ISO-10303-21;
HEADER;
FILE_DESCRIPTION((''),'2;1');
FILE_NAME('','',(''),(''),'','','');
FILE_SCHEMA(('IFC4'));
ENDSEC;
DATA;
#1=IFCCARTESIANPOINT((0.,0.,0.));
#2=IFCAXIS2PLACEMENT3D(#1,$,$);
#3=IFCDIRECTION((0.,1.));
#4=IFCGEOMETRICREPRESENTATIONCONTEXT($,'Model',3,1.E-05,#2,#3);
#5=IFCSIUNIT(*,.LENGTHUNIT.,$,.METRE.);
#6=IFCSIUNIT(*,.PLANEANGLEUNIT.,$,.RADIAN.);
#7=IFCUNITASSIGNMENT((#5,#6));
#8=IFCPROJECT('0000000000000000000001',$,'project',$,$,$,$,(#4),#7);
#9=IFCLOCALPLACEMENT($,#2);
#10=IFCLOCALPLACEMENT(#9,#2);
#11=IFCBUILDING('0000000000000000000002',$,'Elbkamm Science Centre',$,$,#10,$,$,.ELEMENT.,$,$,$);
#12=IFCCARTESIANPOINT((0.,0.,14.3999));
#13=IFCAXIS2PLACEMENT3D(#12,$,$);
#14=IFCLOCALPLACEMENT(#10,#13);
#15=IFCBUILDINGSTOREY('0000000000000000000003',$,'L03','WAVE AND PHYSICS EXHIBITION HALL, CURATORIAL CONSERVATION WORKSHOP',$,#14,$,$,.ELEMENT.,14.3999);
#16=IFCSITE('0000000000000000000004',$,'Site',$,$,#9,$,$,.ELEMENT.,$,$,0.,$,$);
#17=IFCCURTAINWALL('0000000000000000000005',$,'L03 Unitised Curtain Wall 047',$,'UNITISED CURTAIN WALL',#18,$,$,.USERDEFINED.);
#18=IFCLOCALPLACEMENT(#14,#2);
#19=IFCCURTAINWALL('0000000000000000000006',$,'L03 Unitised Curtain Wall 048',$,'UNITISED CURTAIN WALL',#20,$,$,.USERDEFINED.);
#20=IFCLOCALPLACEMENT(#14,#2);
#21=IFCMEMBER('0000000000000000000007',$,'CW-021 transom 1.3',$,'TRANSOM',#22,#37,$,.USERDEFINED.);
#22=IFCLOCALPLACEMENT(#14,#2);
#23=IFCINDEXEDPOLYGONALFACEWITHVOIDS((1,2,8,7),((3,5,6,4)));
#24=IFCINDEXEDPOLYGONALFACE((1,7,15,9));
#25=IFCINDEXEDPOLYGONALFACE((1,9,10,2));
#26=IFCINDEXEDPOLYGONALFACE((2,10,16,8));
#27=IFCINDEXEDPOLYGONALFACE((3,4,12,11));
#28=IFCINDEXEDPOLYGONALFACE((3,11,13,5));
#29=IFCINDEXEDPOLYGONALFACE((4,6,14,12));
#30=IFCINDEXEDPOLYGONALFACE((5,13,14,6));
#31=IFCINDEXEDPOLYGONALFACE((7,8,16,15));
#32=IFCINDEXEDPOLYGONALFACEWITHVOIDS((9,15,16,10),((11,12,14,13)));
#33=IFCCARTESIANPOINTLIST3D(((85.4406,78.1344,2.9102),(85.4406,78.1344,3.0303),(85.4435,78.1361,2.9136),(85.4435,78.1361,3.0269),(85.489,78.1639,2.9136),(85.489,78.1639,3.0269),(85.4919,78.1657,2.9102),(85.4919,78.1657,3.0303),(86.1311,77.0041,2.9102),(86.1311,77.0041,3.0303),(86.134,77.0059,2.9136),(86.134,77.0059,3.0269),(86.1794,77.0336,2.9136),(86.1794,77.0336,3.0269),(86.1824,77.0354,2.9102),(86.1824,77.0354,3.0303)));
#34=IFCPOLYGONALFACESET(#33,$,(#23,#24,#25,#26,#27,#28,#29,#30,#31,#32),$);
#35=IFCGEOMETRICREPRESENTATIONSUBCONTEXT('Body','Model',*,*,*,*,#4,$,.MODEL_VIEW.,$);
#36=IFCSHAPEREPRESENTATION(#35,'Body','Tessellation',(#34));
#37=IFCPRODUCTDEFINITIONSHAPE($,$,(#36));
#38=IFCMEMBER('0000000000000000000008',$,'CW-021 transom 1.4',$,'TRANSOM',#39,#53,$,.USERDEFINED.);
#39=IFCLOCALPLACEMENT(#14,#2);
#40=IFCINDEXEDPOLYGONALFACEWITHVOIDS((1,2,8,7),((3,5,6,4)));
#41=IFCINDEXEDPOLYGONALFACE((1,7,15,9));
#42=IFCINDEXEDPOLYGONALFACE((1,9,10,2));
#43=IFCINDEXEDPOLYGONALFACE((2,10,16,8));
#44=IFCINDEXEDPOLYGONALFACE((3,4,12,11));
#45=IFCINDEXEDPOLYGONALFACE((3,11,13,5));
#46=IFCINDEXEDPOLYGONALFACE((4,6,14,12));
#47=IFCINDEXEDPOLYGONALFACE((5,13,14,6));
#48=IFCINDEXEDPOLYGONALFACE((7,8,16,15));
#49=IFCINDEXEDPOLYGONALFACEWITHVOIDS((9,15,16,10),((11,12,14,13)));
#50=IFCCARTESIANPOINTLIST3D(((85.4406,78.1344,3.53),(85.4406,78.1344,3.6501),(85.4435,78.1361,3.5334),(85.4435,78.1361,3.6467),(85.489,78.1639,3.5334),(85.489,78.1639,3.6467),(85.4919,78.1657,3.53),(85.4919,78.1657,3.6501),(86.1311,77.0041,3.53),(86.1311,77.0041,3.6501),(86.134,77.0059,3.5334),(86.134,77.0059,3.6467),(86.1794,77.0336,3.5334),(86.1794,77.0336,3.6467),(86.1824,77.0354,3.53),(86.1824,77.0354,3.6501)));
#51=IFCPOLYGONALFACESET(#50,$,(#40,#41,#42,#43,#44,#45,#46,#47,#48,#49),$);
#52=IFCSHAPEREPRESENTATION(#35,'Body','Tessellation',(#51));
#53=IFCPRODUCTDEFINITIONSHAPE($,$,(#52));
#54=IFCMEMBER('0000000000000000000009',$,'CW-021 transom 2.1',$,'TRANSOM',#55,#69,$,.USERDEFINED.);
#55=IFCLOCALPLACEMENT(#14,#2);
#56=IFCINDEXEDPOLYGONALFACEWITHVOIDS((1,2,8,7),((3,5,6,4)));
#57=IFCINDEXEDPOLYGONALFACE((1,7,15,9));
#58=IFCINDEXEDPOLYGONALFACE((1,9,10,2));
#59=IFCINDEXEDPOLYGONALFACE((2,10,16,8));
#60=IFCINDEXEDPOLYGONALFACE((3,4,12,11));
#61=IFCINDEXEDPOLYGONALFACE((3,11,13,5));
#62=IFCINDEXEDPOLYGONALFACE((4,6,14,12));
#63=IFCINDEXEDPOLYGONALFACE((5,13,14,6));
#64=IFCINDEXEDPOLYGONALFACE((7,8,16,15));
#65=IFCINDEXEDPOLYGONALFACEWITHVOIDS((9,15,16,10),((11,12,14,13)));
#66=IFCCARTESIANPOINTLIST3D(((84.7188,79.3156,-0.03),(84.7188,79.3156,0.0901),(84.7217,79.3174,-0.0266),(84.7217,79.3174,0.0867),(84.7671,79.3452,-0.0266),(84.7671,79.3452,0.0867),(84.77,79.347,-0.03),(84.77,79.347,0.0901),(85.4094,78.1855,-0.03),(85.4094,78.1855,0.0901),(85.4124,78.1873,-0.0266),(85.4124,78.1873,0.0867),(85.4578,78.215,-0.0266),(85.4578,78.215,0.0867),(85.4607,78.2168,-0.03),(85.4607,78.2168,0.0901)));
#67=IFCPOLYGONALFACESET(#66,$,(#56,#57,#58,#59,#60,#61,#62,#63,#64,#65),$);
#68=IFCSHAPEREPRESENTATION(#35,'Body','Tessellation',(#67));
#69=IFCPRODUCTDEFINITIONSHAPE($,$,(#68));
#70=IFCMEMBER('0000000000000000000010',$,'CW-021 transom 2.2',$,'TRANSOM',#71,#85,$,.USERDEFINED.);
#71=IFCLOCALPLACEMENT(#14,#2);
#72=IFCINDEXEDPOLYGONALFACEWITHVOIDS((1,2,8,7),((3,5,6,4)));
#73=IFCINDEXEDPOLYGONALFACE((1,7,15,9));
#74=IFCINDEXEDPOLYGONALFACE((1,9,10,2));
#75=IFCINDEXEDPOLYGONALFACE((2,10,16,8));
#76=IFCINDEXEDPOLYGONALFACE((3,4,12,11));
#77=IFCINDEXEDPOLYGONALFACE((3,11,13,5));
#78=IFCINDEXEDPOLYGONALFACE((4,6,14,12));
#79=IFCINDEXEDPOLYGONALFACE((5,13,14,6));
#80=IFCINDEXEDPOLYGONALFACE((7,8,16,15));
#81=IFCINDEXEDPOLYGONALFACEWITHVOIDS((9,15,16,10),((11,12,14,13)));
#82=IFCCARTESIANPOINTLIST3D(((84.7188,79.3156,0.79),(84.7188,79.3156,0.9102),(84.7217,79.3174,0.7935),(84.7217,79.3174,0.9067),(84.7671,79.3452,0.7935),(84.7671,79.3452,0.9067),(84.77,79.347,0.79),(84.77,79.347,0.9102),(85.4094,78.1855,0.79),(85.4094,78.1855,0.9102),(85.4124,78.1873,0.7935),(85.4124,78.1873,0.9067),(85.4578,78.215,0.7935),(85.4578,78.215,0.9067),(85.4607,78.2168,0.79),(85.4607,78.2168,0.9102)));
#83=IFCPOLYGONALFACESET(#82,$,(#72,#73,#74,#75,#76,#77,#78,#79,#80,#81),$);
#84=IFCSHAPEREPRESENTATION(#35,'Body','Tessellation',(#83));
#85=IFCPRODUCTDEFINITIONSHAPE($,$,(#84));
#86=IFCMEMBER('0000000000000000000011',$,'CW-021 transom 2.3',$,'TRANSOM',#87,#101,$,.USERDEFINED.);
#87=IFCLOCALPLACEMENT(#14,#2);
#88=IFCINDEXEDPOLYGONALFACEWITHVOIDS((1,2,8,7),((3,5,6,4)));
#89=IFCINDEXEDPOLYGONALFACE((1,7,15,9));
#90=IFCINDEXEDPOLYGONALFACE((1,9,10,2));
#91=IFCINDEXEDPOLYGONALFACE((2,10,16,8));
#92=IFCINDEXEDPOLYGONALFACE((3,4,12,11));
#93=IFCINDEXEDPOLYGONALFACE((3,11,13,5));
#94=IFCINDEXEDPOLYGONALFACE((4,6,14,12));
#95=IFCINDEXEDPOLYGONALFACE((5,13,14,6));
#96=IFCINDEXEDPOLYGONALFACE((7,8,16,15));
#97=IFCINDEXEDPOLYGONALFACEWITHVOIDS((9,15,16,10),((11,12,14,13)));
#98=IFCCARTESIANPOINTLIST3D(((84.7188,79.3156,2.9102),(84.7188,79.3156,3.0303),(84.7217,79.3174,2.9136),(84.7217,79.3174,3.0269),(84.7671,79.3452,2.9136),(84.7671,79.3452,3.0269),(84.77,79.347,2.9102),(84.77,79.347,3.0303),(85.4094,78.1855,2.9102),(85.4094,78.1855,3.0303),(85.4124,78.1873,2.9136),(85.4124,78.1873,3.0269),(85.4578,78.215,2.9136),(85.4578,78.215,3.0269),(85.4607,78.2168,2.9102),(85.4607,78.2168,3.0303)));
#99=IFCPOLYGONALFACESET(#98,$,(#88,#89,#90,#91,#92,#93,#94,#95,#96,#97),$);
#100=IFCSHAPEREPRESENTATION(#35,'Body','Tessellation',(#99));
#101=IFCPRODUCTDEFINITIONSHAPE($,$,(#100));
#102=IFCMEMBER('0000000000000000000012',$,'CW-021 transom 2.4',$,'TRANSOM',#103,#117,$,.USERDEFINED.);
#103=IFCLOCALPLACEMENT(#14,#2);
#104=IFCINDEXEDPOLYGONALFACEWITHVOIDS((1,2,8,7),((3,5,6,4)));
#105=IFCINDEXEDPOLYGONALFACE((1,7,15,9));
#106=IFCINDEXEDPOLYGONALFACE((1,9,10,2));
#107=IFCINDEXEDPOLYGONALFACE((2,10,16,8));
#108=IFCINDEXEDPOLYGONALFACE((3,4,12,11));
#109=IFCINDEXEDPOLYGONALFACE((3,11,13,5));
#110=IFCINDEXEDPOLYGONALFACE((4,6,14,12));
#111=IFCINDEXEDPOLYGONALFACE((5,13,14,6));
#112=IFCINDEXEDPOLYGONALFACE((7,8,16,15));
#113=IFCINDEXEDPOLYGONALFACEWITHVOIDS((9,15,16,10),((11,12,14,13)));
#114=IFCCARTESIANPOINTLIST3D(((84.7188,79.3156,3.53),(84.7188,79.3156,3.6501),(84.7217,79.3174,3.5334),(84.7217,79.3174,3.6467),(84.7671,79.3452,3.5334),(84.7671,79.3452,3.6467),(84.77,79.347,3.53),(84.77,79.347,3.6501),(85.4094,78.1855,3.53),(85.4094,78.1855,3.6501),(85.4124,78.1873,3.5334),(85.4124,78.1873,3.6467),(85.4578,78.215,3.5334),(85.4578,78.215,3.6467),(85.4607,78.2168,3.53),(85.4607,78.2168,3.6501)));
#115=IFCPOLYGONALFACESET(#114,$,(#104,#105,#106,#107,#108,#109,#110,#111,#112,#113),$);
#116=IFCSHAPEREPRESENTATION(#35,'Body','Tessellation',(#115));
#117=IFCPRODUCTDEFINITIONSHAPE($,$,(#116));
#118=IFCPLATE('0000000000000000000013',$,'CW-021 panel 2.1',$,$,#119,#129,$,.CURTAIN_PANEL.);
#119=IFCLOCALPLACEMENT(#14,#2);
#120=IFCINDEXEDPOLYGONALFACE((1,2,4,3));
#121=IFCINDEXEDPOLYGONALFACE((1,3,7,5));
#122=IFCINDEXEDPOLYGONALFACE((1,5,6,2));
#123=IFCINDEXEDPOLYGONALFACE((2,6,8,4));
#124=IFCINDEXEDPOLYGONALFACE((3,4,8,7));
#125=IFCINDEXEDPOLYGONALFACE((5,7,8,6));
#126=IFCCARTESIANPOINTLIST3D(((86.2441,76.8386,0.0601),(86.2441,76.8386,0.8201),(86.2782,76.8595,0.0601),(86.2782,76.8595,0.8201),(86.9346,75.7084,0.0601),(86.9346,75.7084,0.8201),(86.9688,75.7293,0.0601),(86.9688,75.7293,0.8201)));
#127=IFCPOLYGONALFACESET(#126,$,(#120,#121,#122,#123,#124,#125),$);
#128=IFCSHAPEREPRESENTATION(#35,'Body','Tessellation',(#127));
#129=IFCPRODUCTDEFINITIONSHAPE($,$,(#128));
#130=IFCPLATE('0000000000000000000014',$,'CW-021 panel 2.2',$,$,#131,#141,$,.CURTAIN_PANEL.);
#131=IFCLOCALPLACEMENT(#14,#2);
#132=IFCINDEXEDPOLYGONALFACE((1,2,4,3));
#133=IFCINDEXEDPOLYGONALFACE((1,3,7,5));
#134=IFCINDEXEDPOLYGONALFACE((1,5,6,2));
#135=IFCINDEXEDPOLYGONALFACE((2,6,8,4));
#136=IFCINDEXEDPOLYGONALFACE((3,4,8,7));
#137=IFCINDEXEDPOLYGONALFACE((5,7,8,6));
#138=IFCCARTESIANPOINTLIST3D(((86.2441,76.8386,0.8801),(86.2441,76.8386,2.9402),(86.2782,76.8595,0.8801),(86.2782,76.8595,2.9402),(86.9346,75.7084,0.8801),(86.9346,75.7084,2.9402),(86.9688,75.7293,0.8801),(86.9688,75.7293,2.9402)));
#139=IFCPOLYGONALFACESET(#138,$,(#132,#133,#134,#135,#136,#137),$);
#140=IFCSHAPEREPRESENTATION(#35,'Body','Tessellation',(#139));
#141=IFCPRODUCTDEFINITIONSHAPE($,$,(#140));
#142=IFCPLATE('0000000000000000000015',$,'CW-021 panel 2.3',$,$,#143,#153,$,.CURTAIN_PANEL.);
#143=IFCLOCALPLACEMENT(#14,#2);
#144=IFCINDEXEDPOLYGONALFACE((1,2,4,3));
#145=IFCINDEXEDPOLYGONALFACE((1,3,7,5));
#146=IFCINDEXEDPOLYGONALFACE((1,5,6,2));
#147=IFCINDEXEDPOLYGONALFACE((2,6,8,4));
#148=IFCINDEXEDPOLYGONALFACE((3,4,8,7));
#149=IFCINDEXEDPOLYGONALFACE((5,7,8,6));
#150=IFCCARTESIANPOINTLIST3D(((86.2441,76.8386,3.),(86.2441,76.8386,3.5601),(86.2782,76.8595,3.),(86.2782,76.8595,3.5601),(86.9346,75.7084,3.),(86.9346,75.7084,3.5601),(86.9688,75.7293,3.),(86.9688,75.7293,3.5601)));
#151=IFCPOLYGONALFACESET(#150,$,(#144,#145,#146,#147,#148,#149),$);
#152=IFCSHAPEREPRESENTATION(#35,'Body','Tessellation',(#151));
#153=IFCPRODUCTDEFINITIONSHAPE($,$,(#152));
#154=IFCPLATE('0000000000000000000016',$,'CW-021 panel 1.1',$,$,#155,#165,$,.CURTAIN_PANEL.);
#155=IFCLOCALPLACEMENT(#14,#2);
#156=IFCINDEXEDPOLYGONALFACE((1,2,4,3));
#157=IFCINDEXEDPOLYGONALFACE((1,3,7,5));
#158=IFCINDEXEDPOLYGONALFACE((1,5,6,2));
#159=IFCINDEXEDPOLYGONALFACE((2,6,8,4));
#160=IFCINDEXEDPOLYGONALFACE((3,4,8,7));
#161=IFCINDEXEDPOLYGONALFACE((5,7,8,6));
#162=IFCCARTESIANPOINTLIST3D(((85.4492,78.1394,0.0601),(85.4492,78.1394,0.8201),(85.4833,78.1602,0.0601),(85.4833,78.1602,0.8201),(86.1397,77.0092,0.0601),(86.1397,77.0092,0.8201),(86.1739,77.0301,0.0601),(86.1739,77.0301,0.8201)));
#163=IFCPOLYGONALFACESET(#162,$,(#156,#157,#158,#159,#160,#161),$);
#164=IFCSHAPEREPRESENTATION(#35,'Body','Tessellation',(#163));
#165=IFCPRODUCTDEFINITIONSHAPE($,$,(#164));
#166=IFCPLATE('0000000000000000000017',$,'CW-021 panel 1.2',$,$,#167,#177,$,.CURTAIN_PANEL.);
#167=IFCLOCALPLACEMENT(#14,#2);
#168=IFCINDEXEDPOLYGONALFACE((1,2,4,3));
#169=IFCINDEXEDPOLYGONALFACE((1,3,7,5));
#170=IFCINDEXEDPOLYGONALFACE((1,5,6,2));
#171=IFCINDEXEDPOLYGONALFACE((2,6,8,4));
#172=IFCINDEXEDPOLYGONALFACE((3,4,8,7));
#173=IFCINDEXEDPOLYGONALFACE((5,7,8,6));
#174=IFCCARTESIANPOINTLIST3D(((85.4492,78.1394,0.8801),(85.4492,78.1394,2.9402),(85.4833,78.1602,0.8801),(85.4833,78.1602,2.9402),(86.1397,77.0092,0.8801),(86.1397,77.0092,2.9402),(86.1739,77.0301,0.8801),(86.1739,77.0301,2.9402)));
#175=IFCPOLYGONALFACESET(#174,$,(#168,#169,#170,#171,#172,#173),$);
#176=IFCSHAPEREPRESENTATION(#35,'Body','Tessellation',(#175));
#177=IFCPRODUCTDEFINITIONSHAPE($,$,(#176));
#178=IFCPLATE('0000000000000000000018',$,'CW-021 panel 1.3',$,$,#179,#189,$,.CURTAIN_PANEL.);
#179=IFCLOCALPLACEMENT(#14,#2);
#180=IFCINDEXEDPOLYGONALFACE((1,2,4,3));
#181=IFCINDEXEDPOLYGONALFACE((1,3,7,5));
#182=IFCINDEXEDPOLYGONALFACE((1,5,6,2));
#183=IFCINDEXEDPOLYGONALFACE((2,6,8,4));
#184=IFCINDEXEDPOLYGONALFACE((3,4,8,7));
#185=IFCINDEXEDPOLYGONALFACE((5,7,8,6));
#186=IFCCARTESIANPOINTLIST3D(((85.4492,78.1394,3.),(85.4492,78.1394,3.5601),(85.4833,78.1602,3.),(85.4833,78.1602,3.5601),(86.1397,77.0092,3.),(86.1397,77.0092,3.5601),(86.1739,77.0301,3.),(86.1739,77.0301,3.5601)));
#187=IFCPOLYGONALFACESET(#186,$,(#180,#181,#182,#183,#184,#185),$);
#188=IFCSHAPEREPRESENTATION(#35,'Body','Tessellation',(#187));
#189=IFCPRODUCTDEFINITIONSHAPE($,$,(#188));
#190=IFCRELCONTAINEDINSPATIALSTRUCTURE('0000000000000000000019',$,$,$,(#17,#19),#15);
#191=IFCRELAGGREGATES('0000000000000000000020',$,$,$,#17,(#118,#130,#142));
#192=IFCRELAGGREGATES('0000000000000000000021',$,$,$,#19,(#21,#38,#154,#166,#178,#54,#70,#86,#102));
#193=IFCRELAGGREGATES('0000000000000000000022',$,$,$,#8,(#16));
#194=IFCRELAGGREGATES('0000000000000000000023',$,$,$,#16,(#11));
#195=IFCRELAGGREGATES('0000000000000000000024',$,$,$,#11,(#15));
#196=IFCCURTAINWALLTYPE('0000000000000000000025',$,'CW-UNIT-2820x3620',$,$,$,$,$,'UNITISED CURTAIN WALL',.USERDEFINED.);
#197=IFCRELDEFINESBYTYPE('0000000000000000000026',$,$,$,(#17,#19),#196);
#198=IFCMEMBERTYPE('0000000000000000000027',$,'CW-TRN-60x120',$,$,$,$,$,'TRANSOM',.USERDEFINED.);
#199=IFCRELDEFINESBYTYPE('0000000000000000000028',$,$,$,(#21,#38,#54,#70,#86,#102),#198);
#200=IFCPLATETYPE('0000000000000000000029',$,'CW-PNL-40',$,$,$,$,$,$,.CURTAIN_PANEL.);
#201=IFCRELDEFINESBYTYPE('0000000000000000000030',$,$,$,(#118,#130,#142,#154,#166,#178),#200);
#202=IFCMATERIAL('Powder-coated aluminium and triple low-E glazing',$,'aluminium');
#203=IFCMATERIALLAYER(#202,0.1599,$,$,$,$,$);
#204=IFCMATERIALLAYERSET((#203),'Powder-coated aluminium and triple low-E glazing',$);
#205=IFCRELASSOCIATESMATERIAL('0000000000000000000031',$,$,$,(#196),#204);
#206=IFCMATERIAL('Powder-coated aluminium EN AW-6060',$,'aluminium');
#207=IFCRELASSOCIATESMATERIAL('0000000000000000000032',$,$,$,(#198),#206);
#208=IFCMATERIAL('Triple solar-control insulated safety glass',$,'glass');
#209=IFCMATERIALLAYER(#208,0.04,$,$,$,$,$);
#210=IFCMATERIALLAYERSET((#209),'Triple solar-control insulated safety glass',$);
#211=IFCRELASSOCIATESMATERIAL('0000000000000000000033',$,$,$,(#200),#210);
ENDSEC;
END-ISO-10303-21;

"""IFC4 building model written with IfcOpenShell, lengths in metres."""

from ifc_helpers import new_model, si_unit, direction, frame, origin, origin_2d, place, context, subcontext, project, spatial, rectangle, hollow_rectangle, extrude, material, layer, layer_set, material_profile, profile_set, type_object, element, aggregate, save


model = new_model("IFC4")

# Units and contexts
model_context = context("Model", 3, precision=1e-05, world=origin(), true_north=direction((0.0, 1.0)))
body_context = subcontext(model_context, "Body", "Model", "MODEL_VIEW")
ifc_project = project(units=[si_unit("LENGTHUNIT", "METRE"), si_unit("PLANEANGLEUNIT", "RADIAN")], contexts=[model_context])

# Site, building, storey
site_placement = place(None, origin())
site = spatial("IfcSite", under=ifc_project, at=site_placement, Name="Site", CompositionType="ELEMENT", RefElevation=0.0)
building_placement = place(site_placement, origin())
building = spatial("IfcBuilding", under=site, at=building_placement, Name="Elbkamm Science Centre", CompositionType="ELEMENT")
storey_placement = place(building_placement, frame((0.0, 0.0, 14.3999)))
storey = spatial("IfcBuildingStorey", under=building, at=storey_placement, Name="L03", Description="WAVE AND PHYSICS EXHIBITION HALL, CURATORIAL CONSERVATION WORKSHOP", CompositionType="ELEMENT", Elevation=14.3999)

# Curtain wall
ifc_material_1 = material(Name="Powder-coated aluminium and triple low-E glazing", Category="aluminium")
ifc_layer_1 = layer(ifc_material_1, 0.1599)
ifc_layer_set_1 = layer_set([ifc_layer_1], Name="Powder-coated aluminium and triple low-E glazing")
curtain_wall_type_1 = type_object("IfcCurtainWallType", Name="CW-UNIT-2820x3620", ElementType="UNITISED CURTAIN WALL", PredefinedType="USERDEFINED", material=ifc_layer_set_1)
curtain_wall_1_placement = place(storey_placement, origin())
curtain_wall_1 = element("IfcCurtainWall", 1, at=curtain_wall_1_placement, inside=storey, type_object=curtain_wall_type_1, Name="L03 Unitised Curtain Wall 047", ObjectType="UNITISED CURTAIN WALL", PredefinedType="USERDEFINED")
ifc_material_2 = material(Name="Powder-coated aluminium EN AW-6060", Category="aluminium")

# Curtain wall
curtain_wall_2_placement = place(storey_placement, origin())
curtain_wall_2 = element("IfcCurtainWall", 2, at=curtain_wall_2_placement, inside=storey, type_object=curtain_wall_type_1, Name="L03 Unitised Curtain Wall 048", ObjectType="UNITISED CURTAIN WALL", PredefinedType="USERDEFINED")

# Members
ifc_material_profile_1 = material_profile(ifc_material_2, hollow_rectangle(XDim=0.0601, YDim=0.1201, WallThickness=0.0034, at=origin_2d()), Name="ALU T60x120")
ifc_profile_set_1 = profile_set([ifc_material_profile_1], Name="Powder-coated aluminium EN AW-6060")
member_type_1 = type_object("IfcMemberType", Name="CW-TRN-60x120", ElementType="TRANSOM", PredefinedType="USERDEFINED", material=ifc_profile_set_1)
member_1_placement = place(storey_placement, frame((86.1567, 77.0198, 2.9702), z_axis=(-0.521338, 0.85335, 0.0), x_axis=(-0.85335, -0.521338, 0.0)))
member_1 = element("IfcMember", 3, at=member_1_placement, type_object=member_type_1, Name="CW-021 transom 1.3", ObjectType="TRANSOM", PredefinedType="USERDEFINED", context=body_context, shape_type="SweptSolid", body=[
    extrude(hollow_rectangle(XDim=0.0601, YDim=0.1201, WallThickness=0.0034, at=origin_2d()), origin(), (0.0, 0.0, 1.0), 1.3245),
])
member_2_placement = place(storey_placement, frame((86.1567, 77.0198, 3.5901), z_axis=(-0.521338, 0.85335, 0.0), x_axis=(-0.85335, -0.521338, 0.0)))
member_2 = element("IfcMember", 4, at=member_2_placement, type_object=member_type_1, Name="CW-021 transom 1.4", ObjectType="TRANSOM", PredefinedType="USERDEFINED", context=body_context, shape_type="SweptSolid", body=[
    extrude(hollow_rectangle(XDim=0.0601, YDim=0.1201, WallThickness=0.0034, at=origin_2d()), origin(), (0.0, 0.0, 1.0), 1.3245),
])
member_3_placement = place(storey_placement, frame((85.4351, 78.2012, 0.03), z_axis=(-0.521472, 0.853268, 0.0), x_axis=(-0.853268, -0.521472, 0.0)))
member_3 = element("IfcMember", 5, at=member_3_placement, type_object=member_type_1, Name="CW-021 transom 2.1", ObjectType="TRANSOM", PredefinedType="USERDEFINED", context=body_context, shape_type="SweptSolid", body=[
    extrude(hollow_rectangle(XDim=0.0601, YDim=0.1201, WallThickness=0.0034, at=origin_2d()), origin(), (0.0, 0.0, 1.0), 1.3245),
])
member_4_placement = place(storey_placement, frame((85.4351, 78.2012, 0.8501), z_axis=(-0.521472, 0.853268, 0.0), x_axis=(-0.853268, -0.521472, 0.0)))
member_4 = element("IfcMember", 6, at=member_4_placement, type_object=member_type_1, Name="CW-021 transom 2.2", ObjectType="TRANSOM", PredefinedType="USERDEFINED", context=body_context, shape_type="SweptSolid", body=[
    extrude(hollow_rectangle(XDim=0.0601, YDim=0.1201, WallThickness=0.0034, at=origin_2d()), origin(), (0.0, 0.0, 1.0), 1.3245),
])
member_5_placement = place(storey_placement, frame((85.4351, 78.2012, 2.9702), z_axis=(-0.521472, 0.853268, 0.0), x_axis=(-0.853268, -0.521472, 0.0)))
member_5 = element("IfcMember", 7, at=member_5_placement, type_object=member_type_1, Name="CW-021 transom 2.3", ObjectType="TRANSOM", PredefinedType="USERDEFINED", context=body_context, shape_type="SweptSolid", body=[
    extrude(hollow_rectangle(XDim=0.0601, YDim=0.1201, WallThickness=0.0034, at=origin_2d()), origin(), (0.0, 0.0, 1.0), 1.3245),
])
member_6_placement = place(storey_placement, frame((85.4351, 78.2012, 3.5901), z_axis=(-0.521472, 0.853268, 0.0), x_axis=(-0.853268, -0.521472, 0.0)))
member_6 = element("IfcMember", 8, at=member_6_placement, type_object=member_type_1, Name="CW-021 transom 2.4", ObjectType="TRANSOM", PredefinedType="USERDEFINED", context=body_context, shape_type="SweptSolid", body=[
    extrude(hollow_rectangle(XDim=0.0601, YDim=0.1201, WallThickness=0.0034, at=origin_2d()), origin(), (0.0, 0.0, 1.0), 1.3245),
])

# Plates
ifc_material_3 = material(Name="Triple solar-control insulated safety glass", Category="glass")
ifc_layer_2 = layer(ifc_material_3, 0.04)
ifc_layer_set_2 = layer_set([ifc_layer_2], Name="Triple solar-control insulated safety glass")
plate_type = type_object("IfcPlateType", Name="CW-PNL-40", PredefinedType="CURTAIN_PANEL", material=ifc_layer_set_2)
plate_1_placement = place(storey_placement, frame((86.6064, 76.2839, 0.0601), z_axis=(0.0, 0.0, 1.0), x_axis=(-0.521393, 0.853317, 0.0)))
plate_1 = element("IfcPlate", 9, at=plate_1_placement, type_object=plate_type, Name="CW-021 panel 2.1", PredefinedType="CURTAIN_PANEL", context=body_context, shape_type="SweptSolid", body=[
    extrude(rectangle(XDim=1.3245, YDim=0.04, at=origin_2d()), origin(), (0.0, 0.0, 1.0), 0.76),
])
plate_2_placement = place(storey_placement, frame((86.6064, 76.2839, 0.8801), z_axis=(0.0, 0.0, 1.0), x_axis=(-0.521393, 0.853317, 0.0)))
plate_2 = element("IfcPlate", 10, at=plate_2_placement, type_object=plate_type, Name="CW-021 panel 2.2", PredefinedType="CURTAIN_PANEL", context=body_context, shape_type="SweptSolid", body=[
    extrude(rectangle(XDim=1.3245, YDim=0.04, at=origin_2d()), origin(), (0.0, 0.0, 1.0), 2.0601),
])
plate_3_placement = place(storey_placement, frame((86.6064, 76.2839, 3.0), z_axis=(0.0, 0.0, 1.0), x_axis=(-0.521393, 0.853317, 0.0)))
plate_3 = element("IfcPlate", 11, at=plate_3_placement, type_object=plate_type, Name="CW-021 panel 2.3", PredefinedType="CURTAIN_PANEL", context=body_context, shape_type="SweptSolid", body=[
    extrude(rectangle(XDim=1.3245, YDim=0.04, at=origin_2d()), origin(), (0.0, 0.0, 1.0), 0.5601),
])
aggregate(curtain_wall_1, [plate_1, plate_2, plate_3])
plate_4_placement = place(storey_placement, frame((85.8115, 77.5847, 0.0601), z_axis=(0.0, 0.0, 1.0), x_axis=(-0.521393, 0.853317, 0.0)))
plate_4 = element("IfcPlate", 12, at=plate_4_placement, type_object=plate_type, Name="CW-021 panel 1.1", PredefinedType="CURTAIN_PANEL", context=body_context, shape_type="SweptSolid", body=[
    extrude(rectangle(XDim=1.3245, YDim=0.04, at=origin_2d()), origin(), (0.0, 0.0, 1.0), 0.76),
])
plate_5_placement = place(storey_placement, frame((85.8115, 77.5847, 0.8801), z_axis=(0.0, 0.0, 1.0), x_axis=(-0.521393, 0.853317, 0.0)))
plate_5 = element("IfcPlate", 13, at=plate_5_placement, type_object=plate_type, Name="CW-021 panel 1.2", PredefinedType="CURTAIN_PANEL", context=body_context, shape_type="SweptSolid", body=[
    extrude(rectangle(XDim=1.3245, YDim=0.04, at=origin_2d()), origin(), (0.0, 0.0, 1.0), 2.0601),
])
plate_6_placement = place(storey_placement, frame((85.8115, 77.5847, 3.0), z_axis=(0.0, 0.0, 1.0), x_axis=(-0.521393, 0.853317, 0.0)))
plate_6 = element("IfcPlate", 14, at=plate_6_placement, type_object=plate_type, Name="CW-021 panel 1.3", PredefinedType="CURTAIN_PANEL", context=body_context, shape_type="SweptSolid", body=[
    extrude(rectangle(XDim=1.3245, YDim=0.04, at=origin_2d()), origin(), (0.0, 0.0, 1.0), 0.5601),
])
aggregate(curtain_wall_2, [member_1, member_2, plate_4, plate_5, plate_6, member_3, member_4, member_5, member_6])

save(model, "model.ifc")
